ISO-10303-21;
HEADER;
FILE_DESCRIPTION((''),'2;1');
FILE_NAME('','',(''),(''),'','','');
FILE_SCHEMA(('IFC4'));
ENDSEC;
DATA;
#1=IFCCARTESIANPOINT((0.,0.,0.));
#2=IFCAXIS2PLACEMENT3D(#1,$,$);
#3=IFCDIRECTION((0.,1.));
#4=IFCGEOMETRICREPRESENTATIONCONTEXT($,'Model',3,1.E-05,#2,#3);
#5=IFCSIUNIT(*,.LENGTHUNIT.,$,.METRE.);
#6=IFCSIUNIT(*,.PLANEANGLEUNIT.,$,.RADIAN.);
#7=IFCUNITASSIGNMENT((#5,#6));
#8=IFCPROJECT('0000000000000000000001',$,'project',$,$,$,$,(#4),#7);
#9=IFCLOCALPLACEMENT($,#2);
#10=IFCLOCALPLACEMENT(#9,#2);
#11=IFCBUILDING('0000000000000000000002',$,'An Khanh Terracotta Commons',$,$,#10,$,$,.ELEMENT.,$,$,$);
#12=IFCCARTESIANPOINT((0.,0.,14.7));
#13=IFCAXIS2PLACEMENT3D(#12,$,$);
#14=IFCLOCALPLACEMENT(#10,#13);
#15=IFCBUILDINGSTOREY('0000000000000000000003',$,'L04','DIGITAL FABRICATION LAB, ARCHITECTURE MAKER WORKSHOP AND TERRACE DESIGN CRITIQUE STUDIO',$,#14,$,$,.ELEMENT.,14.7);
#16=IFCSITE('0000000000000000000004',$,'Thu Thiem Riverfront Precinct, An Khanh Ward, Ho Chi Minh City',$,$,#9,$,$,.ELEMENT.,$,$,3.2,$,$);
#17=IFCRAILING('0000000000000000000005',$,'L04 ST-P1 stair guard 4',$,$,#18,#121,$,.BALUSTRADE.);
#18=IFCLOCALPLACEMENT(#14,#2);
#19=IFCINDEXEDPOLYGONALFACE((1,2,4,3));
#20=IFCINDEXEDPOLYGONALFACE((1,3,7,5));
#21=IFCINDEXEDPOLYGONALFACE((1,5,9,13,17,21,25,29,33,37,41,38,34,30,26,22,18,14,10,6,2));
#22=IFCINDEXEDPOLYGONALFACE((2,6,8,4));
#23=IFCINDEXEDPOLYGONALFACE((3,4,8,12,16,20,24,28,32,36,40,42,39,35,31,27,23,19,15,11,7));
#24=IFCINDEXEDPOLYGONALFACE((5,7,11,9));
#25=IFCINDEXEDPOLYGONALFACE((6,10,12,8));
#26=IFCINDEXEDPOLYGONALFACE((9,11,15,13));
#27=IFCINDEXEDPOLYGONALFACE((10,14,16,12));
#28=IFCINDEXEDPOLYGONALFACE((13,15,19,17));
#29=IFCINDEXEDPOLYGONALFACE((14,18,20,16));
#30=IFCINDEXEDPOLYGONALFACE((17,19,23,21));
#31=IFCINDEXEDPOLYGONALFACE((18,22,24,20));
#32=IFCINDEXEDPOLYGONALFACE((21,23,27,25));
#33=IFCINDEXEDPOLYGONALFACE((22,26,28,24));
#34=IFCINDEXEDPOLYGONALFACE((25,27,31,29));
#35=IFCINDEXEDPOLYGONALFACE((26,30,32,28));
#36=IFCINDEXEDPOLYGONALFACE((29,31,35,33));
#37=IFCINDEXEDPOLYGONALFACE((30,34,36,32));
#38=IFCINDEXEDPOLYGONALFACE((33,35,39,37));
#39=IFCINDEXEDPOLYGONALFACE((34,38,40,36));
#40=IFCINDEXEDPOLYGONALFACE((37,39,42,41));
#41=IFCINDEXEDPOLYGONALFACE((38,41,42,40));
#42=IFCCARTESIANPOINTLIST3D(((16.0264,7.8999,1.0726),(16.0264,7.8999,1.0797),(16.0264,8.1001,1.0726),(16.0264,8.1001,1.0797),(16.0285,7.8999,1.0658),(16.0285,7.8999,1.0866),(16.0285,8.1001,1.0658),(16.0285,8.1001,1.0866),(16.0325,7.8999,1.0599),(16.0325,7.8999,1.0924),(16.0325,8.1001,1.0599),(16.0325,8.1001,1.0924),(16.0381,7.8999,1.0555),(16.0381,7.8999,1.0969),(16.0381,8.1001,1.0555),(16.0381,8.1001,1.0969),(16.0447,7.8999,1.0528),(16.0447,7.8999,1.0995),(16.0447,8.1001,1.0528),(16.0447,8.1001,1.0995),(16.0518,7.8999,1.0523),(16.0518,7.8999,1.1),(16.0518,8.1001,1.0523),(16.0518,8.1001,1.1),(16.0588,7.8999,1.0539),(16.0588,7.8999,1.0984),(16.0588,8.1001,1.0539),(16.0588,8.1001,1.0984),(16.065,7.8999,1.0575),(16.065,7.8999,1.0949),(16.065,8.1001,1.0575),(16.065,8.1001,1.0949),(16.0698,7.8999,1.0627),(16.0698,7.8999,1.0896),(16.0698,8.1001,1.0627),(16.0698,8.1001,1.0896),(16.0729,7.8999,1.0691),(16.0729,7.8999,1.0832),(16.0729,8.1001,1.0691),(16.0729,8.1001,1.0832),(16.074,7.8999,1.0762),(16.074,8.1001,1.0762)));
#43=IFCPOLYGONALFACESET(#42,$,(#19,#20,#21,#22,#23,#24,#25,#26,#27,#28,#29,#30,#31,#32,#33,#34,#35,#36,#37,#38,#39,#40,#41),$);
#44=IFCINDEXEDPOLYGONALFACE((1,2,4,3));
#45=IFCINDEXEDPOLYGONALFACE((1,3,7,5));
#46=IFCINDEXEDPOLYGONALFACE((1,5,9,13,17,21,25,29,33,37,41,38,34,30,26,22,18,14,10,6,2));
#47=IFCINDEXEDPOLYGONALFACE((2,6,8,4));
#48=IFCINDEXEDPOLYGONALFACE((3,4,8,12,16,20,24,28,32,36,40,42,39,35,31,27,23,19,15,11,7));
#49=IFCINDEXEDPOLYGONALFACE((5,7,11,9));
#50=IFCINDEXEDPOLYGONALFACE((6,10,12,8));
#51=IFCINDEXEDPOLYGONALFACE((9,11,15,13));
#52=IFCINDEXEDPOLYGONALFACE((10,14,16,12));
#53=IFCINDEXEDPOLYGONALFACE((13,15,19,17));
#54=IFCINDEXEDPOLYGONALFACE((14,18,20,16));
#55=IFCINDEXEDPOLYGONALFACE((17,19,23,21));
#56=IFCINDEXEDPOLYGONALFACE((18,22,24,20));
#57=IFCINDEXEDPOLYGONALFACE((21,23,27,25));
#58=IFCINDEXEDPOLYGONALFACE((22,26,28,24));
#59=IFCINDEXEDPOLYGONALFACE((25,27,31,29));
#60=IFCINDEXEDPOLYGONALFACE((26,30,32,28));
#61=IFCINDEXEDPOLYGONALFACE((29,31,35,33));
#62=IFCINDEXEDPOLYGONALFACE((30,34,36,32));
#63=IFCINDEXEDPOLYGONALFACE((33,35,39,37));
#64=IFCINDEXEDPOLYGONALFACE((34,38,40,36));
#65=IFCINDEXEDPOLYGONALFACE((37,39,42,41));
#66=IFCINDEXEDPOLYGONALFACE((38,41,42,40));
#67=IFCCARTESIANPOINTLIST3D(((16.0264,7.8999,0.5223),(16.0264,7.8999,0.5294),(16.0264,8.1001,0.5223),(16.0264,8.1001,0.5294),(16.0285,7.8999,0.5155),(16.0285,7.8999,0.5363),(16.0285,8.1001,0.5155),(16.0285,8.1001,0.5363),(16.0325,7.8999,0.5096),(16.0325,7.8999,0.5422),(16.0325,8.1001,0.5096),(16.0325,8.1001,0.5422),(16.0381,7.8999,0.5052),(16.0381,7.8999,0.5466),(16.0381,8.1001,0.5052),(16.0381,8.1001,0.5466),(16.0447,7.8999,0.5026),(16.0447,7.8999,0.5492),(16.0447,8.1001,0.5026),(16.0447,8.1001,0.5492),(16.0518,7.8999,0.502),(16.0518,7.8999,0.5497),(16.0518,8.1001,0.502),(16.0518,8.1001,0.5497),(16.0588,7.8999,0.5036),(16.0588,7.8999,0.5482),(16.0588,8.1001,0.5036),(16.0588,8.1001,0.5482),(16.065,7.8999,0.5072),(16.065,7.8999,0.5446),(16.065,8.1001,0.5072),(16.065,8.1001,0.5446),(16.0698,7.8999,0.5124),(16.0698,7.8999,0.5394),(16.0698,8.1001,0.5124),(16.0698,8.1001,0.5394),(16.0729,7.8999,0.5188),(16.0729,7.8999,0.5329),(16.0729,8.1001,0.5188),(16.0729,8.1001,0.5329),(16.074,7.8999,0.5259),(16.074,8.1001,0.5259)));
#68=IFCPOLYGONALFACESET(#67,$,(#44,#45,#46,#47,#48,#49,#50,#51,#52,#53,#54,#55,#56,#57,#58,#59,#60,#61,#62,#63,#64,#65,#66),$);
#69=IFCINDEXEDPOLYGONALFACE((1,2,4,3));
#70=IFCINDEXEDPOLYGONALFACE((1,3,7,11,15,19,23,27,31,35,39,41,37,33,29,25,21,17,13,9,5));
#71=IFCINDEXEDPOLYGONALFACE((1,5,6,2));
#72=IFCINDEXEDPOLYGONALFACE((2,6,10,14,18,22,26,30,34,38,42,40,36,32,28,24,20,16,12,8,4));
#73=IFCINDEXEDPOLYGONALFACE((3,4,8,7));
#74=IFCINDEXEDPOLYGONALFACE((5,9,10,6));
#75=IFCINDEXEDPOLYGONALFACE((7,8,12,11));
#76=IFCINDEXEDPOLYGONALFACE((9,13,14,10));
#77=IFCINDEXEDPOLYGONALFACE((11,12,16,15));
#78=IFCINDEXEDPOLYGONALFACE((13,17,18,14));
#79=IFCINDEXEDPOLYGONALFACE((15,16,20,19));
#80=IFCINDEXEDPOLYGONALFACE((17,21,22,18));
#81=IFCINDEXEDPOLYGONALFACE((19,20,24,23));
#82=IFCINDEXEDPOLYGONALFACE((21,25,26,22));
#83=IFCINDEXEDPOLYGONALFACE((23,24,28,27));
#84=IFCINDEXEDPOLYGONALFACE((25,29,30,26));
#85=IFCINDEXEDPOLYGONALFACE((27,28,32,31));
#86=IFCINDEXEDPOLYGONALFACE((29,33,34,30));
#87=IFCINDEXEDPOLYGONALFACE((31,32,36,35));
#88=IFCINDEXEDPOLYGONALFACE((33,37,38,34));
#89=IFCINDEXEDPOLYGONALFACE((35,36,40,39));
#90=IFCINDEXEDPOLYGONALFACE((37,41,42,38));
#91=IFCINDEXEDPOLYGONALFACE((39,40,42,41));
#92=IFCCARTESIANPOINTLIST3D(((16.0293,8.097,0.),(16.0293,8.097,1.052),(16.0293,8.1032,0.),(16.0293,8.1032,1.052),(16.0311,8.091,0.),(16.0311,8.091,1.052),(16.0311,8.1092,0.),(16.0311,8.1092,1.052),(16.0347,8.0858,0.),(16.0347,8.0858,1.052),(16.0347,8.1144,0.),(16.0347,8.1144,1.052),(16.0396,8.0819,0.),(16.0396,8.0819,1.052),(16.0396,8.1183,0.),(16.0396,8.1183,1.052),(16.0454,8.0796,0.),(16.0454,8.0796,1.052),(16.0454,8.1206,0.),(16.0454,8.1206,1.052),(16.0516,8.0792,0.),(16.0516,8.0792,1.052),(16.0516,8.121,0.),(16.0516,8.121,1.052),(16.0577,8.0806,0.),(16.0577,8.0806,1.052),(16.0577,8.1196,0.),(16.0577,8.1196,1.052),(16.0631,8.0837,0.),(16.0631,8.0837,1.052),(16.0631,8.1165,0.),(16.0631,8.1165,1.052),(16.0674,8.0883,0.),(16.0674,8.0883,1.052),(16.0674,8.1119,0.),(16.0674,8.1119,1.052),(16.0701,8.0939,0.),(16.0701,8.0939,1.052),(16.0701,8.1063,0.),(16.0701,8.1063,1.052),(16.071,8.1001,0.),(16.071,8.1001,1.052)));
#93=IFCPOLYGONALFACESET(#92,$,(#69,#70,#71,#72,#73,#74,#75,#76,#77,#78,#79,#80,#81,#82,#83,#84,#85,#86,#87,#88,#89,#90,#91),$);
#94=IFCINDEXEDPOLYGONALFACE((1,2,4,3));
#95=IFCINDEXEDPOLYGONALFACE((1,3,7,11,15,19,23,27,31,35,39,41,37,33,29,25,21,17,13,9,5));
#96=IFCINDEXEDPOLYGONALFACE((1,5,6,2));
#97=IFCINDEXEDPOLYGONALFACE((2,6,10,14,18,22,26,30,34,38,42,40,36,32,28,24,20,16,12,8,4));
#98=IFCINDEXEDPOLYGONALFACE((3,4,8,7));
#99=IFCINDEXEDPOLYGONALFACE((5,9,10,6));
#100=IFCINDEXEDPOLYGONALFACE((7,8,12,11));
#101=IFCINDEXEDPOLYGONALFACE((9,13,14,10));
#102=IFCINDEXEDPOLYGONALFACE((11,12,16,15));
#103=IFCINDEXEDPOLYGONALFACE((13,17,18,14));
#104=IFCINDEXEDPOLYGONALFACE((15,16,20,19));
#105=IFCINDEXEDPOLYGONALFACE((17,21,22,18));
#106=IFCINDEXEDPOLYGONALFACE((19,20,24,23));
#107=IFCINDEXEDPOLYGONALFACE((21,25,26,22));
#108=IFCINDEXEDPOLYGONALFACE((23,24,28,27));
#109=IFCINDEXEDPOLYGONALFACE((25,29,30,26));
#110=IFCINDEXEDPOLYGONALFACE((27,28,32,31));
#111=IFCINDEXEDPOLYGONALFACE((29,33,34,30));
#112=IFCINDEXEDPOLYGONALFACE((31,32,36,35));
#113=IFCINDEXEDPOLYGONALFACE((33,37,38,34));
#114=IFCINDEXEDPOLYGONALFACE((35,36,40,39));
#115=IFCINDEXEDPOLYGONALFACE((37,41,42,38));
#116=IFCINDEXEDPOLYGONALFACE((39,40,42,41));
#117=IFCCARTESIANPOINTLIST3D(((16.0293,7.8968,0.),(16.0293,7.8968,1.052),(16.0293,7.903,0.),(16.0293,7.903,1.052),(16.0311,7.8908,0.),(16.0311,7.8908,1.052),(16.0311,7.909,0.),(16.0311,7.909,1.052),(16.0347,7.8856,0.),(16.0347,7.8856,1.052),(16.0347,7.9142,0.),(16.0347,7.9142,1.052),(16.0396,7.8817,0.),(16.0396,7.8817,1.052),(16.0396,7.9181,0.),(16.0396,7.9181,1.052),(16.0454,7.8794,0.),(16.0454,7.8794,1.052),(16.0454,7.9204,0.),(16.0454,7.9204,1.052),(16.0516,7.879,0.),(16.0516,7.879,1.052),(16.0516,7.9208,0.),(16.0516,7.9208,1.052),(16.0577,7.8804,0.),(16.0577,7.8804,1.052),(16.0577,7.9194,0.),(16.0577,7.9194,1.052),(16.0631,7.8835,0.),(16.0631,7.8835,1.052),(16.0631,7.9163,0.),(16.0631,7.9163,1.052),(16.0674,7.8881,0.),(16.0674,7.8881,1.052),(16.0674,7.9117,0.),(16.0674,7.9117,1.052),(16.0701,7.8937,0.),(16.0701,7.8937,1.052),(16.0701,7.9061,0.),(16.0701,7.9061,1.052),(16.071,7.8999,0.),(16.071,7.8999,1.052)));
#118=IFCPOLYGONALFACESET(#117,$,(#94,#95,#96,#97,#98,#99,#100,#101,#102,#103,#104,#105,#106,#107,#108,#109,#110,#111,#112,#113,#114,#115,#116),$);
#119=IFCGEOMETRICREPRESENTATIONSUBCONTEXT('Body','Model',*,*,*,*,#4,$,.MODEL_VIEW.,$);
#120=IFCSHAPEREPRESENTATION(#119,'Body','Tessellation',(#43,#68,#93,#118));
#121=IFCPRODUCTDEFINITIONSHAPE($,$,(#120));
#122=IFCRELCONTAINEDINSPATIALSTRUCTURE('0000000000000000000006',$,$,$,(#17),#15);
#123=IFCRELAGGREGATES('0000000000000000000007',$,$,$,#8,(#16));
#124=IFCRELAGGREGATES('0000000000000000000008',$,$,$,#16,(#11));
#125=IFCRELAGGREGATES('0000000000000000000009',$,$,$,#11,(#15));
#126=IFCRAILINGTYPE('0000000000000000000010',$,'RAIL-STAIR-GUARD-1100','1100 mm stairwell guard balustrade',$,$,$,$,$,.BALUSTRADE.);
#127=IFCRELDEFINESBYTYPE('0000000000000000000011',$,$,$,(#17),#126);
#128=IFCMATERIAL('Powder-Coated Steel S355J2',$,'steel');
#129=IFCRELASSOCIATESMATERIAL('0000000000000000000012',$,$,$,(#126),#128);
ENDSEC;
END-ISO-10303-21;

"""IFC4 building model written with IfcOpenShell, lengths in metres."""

from ifc_helpers import new_model, si_unit, direction, frame, origin, origin_2d, place, context, subcontext, project, spatial, circle, extrude, material, type_object, element, save


model = new_model("IFC4")

# Units and contexts
model_context = context("Model", 3, precision=1e-05, world=origin(), true_north=direction((0.0, 1.0)))
body_context = subcontext(model_context, "Body", "Model", "MODEL_VIEW")
ifc_project = project(units=[si_unit("LENGTHUNIT", "METRE"), si_unit("PLANEANGLEUNIT", "RADIAN")], contexts=[model_context])

# Site, building, storey
site_placement = place(None, origin())
site = spatial("IfcSite", under=ifc_project, at=site_placement, Name="Thu Thiem Riverfront Precinct, An Khanh Ward, Ho Chi Minh City", CompositionType="ELEMENT", RefElevation=3.2)
building_placement = place(site_placement, origin())
building = spatial("IfcBuilding", under=site, at=building_placement, Name="An Khanh Terracotta Commons", CompositionType="ELEMENT")
storey_placement = place(building_placement, frame((0.0, 0.0, 14.7)))
storey = spatial("IfcBuildingStorey", under=building, at=storey_placement, Name="L04", Description="DIGITAL FABRICATION LAB, ARCHITECTURE MAKER WORKSHOP AND TERRACE DESIGN CRITIQUE STUDIO", CompositionType="ELEMENT", Elevation=14.7)

# Railing
ifc_material_1 = material(Name="Powder-Coated Steel S355J2", Category="steel")
railing_type_1 = type_object("IfcRailingType", Name="RAIL-STAIR-GUARD-1100", Description="1100 mm stairwell guard balustrade", PredefinedType="BALUSTRADE", material=ifc_material_1)
railing_1_placement = place(storey_placement, frame((16.05, 8.1001, 0.0)))
element("IfcRailing", 1, at=railing_1_placement, inside=storey, type_object=railing_type_1, Name="L04 ST-P1 stair guard 4", PredefinedType="BALUSTRADE", context=body_context, shape_type="SweptSolid", body=[
    extrude(circle(Radius=0.0239, at=origin_2d()), frame((0.0, 0.0, 1.0762), z_axis=(0.0, -1.0, 0.0), x_axis=(1.0, 0.0, 0.0)), (0.0, 0.0, 1.0), 0.2002),
    extrude(circle(Radius=0.0239, at=origin_2d()), frame((0.0, 0.0, 0.5259), z_axis=(0.0, -1.0, 0.0), x_axis=(1.0, 0.0, 0.0)), (0.0, 0.0, 1.0), 0.2002),
    extrude(circle(Radius=0.021, at=origin_2d()), origin(), (0.0, 0.0, 1.0), 1.052),
    extrude(circle(Radius=0.021, at=origin_2d()), frame((0.0, -0.2002, 0.0)), (0.0, 0.0, 1.0), 1.052),
])

save(model, "model.ifc")
